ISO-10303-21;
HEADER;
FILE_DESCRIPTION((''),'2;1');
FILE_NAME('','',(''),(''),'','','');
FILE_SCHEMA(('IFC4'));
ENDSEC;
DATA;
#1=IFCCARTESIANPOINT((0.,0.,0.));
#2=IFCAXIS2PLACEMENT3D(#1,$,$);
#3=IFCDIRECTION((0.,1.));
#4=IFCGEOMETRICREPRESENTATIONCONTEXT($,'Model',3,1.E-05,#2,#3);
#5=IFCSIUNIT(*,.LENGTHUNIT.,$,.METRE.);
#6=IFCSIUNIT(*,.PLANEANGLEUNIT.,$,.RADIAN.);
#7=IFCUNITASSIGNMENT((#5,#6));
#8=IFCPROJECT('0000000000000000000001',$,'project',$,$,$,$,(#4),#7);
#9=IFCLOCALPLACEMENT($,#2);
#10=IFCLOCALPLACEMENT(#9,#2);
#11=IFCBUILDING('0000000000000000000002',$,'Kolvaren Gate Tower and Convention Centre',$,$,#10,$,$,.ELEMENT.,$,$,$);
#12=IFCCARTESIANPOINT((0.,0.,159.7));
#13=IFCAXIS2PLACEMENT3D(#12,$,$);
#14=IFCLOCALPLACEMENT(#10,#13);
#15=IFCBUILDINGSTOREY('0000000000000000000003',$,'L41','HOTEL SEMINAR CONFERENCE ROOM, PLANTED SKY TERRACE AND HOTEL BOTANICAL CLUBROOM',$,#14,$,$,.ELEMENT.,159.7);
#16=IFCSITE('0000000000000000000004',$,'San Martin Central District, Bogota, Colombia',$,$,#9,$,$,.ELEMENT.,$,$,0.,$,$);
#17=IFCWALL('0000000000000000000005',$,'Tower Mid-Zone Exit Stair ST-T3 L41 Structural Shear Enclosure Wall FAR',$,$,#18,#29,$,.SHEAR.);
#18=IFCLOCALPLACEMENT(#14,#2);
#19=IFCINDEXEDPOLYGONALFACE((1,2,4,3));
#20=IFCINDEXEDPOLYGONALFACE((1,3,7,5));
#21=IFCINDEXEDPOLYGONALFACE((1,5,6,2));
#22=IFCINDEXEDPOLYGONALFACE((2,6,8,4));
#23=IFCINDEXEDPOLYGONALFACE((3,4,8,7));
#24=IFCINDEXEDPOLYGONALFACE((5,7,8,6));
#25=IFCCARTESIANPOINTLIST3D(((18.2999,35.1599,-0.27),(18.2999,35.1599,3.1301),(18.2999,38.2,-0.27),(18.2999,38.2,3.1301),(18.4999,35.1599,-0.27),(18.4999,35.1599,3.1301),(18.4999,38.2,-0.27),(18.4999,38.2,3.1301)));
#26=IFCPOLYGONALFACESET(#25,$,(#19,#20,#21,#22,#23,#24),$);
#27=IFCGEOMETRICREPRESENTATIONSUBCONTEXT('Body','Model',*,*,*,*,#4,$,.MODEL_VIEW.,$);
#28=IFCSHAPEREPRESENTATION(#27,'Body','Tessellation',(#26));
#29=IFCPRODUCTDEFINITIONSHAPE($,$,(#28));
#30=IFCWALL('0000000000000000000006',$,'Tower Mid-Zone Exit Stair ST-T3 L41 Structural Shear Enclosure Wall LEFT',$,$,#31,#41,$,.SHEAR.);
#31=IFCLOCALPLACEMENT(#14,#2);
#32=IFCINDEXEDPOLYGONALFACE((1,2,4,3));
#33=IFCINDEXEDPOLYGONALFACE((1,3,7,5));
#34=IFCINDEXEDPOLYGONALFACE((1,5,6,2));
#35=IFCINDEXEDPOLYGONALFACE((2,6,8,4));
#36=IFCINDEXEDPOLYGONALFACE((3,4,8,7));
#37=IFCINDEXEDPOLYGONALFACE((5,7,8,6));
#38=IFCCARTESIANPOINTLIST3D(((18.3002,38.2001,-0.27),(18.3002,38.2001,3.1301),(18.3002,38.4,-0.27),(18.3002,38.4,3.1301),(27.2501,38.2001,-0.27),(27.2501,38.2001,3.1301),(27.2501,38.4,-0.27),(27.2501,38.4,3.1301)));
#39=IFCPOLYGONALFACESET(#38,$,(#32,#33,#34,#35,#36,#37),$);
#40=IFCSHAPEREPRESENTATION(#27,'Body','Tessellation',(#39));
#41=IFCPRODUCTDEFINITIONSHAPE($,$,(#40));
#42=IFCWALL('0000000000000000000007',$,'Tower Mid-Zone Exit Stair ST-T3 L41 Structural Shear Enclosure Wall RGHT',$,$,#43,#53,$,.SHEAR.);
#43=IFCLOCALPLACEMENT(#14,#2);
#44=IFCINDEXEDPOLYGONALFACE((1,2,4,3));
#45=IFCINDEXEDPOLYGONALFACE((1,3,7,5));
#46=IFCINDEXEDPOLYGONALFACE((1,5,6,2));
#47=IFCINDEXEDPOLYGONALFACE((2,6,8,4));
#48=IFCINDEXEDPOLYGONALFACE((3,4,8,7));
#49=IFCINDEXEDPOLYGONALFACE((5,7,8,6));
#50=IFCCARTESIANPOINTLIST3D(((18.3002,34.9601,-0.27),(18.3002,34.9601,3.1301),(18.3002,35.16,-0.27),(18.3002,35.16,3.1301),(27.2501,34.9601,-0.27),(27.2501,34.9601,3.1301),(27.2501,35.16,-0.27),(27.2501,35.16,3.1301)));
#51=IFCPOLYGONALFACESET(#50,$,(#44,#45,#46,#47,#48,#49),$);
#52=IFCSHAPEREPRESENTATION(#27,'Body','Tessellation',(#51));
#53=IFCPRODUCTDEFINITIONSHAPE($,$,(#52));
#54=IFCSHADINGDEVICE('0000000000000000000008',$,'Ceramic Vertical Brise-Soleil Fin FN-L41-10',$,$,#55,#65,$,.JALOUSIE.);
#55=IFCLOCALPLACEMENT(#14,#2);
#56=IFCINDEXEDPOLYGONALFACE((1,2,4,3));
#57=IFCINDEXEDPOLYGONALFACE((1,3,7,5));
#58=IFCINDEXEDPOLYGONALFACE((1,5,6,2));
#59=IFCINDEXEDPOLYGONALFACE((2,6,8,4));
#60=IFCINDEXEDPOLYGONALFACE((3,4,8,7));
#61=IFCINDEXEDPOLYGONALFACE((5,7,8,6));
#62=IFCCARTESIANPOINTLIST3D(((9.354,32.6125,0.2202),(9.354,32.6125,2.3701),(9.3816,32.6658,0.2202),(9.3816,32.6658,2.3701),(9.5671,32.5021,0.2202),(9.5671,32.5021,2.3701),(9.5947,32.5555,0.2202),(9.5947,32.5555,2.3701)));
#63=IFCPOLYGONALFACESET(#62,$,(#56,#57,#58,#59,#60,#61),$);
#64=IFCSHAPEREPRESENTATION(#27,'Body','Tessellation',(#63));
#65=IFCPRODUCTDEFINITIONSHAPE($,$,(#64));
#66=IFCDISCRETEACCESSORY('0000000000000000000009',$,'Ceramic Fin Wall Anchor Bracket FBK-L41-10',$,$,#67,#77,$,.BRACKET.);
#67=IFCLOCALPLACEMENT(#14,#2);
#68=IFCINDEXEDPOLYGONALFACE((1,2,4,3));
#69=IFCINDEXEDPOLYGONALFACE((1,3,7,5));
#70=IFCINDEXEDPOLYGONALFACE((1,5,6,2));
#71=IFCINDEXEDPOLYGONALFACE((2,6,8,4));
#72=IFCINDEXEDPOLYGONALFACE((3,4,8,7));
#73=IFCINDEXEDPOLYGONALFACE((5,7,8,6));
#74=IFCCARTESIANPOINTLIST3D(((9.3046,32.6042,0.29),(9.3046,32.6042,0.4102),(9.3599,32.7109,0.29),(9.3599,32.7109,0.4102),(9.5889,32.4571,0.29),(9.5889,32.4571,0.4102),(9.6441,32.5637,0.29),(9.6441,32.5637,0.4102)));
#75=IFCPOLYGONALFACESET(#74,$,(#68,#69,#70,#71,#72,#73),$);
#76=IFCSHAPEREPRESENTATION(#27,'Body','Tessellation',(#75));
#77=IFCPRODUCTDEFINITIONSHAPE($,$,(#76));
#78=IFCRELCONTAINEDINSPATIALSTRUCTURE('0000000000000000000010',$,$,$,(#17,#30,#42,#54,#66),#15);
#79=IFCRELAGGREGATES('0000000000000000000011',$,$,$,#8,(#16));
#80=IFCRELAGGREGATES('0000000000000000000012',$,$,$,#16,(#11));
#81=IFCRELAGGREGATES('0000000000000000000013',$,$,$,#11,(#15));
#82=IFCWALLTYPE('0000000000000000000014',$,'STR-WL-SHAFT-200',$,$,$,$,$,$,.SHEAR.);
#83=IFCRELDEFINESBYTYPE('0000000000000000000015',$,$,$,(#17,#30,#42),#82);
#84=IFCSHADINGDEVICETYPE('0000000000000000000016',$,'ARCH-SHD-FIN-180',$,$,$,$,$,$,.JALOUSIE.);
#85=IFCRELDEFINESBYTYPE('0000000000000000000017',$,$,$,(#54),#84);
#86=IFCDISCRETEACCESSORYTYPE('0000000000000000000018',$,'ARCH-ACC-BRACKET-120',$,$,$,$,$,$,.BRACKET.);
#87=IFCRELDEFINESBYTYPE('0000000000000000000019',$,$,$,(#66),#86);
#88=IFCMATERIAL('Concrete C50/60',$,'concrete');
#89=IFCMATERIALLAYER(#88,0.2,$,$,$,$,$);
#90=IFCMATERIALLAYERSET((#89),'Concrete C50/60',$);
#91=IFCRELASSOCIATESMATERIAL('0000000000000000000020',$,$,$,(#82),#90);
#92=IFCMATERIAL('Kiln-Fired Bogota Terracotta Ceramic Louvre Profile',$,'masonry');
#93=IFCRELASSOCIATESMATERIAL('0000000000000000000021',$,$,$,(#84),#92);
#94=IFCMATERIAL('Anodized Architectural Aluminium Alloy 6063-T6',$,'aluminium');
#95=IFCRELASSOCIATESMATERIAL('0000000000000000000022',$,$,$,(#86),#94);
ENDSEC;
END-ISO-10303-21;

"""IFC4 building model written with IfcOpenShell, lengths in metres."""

from ifc_helpers import new_model, si_unit, direction, frame, frame_2d, origin, origin_2d, place, context, subcontext, project, spatial, rectangle, extrude, material, layer, layer_set, type_object, element, save


model = new_model("IFC4")

# Units and contexts
model_context = context("Model", 3, precision=1e-05, world=origin(), true_north=direction((0.0, 1.0)))
body_context = subcontext(model_context, "Body", "Model", "MODEL_VIEW")
ifc_project = project(units=[si_unit("LENGTHUNIT", "METRE"), si_unit("PLANEANGLEUNIT", "RADIAN")], contexts=[model_context])

# Site, building, storey
site_placement = place(None, origin())
site = spatial("IfcSite", under=ifc_project, at=site_placement, Name="San Martin Central District, Bogota, Colombia", CompositionType="ELEMENT", RefElevation=0.0)
building_placement = place(site_placement, origin())
building = spatial("IfcBuilding", under=site, at=building_placement, Name="Kolvaren Gate Tower and Convention Centre", CompositionType="ELEMENT")
storey_placement = place(building_placement, frame((0.0, 0.0, 159.7)))
storey = spatial("IfcBuildingStorey", under=building, at=storey_placement, Name="L41", Description="HOTEL SEMINAR CONFERENCE ROOM, PLANTED SKY TERRACE AND HOTEL BOTANICAL CLUBROOM", CompositionType="ELEMENT", Elevation=159.7)

# Walls
ifc_material_1 = material(Name="Concrete C50/60", Category="concrete")
ifc_layer_1 = layer(ifc_material_1, 0.2)
ifc_layer_set_1 = layer_set([ifc_layer_1], Name="Concrete C50/60")
wall_type_1 = type_object("IfcWallType", Name="STR-WL-SHAFT-200", PredefinedType="SHEAR", material=ifc_layer_set_1)
wall_1_placement = place(storey_placement, frame((18.3999, 35.1599, -0.27), z_axis=(0.0, 0.0, 1.0), x_axis=(0.0, 1.0, 0.0)))
element("IfcWall", 1, at=wall_1_placement, inside=storey, type_object=wall_type_1, Name="Tower Mid-Zone Exit Stair ST-T3 L41 Structural Shear Enclosure Wall FAR", PredefinedType="SHEAR", context=body_context, shape_type="SweptSolid", body=[
    extrude(rectangle(XDim=3.04, YDim=0.2, at=frame_2d((1.52, 0.0))), origin(), (0.0, 0.0, 1.0), 3.4001),
])
for number, where, z_axis, x_axis, name in (
    (2, (18.3, 38.3, -0.27), (0.0, 0.0, 1.0), (1.0, 0.0, 0.0), "Tower Mid-Zone Exit Stair ST-T3 L41 Structural Shear Enclosure Wall LEFT"),
    (3, (18.3, 35.0601, -0.27), (0.0, 0.0, 1.0), (1.0, 0.0, 0.0), "Tower Mid-Zone Exit Stair ST-T3 L41 Structural Shear Enclosure Wall RGHT"),
):
    element("IfcWall", number, at=place(storey_placement, frame(where, z_axis=z_axis, x_axis=x_axis)), inside=storey, type_object=wall_type_1, Name=name, PredefinedType="SHEAR", context=body_context, shape_type="SweptSolid", body=[
        extrude(rectangle(XDim=8.95, YDim=0.2, at=frame_2d((4.4751, 0.0))), origin(), (0.0, 0.0, 1.0), 3.4001),
    ])

# Shading device
ifc_material_2 = material(Name="Kiln-Fired Bogota Terracotta Ceramic Louvre Profile", Category="masonry")
shading_device_type = type_object("IfcShadingDeviceType", Name="ARCH-SHD-FIN-180", PredefinedType="JALOUSIE", material=ifc_material_2)
shading_device_placement = place(storey_placement, frame((9.4744, 32.584, 0.2202), z_axis=(0.0, 0.0, 1.0), x_axis=(0.459798, 0.888023, 0.0)))
element("IfcShadingDevice", 4, at=shading_device_placement, inside=storey, type_object=shading_device_type, Name="Ceramic Vertical Brise-Soleil Fin FN-L41-10", PredefinedType="JALOUSIE", context=body_context, shape_type="SweptSolid", body=[
    extrude(rectangle(XDim=0.0601, YDim=0.24, at=origin_2d()), origin(), (0.0, 0.0, 1.0), 2.1499),
])

# Discrete accessory
ifc_material_3 = material(Name="Anodized Architectural Aluminium Alloy 6063-T6", Category="aluminium")
discrete_accessory_type = type_object("IfcDiscreteAccessoryType", Name="ARCH-ACC-BRACKET-120", PredefinedType="BRACKET", material=ifc_material_3)
discrete_accessory_placement = place(storey_placement, frame((9.4744, 32.584, 0.29), z_axis=(0.0, 0.0, 1.0), x_axis=(0.459798, 0.888023, 0.0)))
element("IfcDiscreteAccessory", 5, at=discrete_accessory_placement, inside=storey, type_object=discrete_accessory_type, Name="Ceramic Fin Wall Anchor Bracket FBK-L41-10", PredefinedType="BRACKET", context=body_context, shape_type="SweptSolid", body=[
    extrude(rectangle(XDim=0.1201, YDim=0.3201, at=origin_2d()), origin(), (0.0, 0.0, 1.0), 0.1201),
])

save(model, "model.ifc")
